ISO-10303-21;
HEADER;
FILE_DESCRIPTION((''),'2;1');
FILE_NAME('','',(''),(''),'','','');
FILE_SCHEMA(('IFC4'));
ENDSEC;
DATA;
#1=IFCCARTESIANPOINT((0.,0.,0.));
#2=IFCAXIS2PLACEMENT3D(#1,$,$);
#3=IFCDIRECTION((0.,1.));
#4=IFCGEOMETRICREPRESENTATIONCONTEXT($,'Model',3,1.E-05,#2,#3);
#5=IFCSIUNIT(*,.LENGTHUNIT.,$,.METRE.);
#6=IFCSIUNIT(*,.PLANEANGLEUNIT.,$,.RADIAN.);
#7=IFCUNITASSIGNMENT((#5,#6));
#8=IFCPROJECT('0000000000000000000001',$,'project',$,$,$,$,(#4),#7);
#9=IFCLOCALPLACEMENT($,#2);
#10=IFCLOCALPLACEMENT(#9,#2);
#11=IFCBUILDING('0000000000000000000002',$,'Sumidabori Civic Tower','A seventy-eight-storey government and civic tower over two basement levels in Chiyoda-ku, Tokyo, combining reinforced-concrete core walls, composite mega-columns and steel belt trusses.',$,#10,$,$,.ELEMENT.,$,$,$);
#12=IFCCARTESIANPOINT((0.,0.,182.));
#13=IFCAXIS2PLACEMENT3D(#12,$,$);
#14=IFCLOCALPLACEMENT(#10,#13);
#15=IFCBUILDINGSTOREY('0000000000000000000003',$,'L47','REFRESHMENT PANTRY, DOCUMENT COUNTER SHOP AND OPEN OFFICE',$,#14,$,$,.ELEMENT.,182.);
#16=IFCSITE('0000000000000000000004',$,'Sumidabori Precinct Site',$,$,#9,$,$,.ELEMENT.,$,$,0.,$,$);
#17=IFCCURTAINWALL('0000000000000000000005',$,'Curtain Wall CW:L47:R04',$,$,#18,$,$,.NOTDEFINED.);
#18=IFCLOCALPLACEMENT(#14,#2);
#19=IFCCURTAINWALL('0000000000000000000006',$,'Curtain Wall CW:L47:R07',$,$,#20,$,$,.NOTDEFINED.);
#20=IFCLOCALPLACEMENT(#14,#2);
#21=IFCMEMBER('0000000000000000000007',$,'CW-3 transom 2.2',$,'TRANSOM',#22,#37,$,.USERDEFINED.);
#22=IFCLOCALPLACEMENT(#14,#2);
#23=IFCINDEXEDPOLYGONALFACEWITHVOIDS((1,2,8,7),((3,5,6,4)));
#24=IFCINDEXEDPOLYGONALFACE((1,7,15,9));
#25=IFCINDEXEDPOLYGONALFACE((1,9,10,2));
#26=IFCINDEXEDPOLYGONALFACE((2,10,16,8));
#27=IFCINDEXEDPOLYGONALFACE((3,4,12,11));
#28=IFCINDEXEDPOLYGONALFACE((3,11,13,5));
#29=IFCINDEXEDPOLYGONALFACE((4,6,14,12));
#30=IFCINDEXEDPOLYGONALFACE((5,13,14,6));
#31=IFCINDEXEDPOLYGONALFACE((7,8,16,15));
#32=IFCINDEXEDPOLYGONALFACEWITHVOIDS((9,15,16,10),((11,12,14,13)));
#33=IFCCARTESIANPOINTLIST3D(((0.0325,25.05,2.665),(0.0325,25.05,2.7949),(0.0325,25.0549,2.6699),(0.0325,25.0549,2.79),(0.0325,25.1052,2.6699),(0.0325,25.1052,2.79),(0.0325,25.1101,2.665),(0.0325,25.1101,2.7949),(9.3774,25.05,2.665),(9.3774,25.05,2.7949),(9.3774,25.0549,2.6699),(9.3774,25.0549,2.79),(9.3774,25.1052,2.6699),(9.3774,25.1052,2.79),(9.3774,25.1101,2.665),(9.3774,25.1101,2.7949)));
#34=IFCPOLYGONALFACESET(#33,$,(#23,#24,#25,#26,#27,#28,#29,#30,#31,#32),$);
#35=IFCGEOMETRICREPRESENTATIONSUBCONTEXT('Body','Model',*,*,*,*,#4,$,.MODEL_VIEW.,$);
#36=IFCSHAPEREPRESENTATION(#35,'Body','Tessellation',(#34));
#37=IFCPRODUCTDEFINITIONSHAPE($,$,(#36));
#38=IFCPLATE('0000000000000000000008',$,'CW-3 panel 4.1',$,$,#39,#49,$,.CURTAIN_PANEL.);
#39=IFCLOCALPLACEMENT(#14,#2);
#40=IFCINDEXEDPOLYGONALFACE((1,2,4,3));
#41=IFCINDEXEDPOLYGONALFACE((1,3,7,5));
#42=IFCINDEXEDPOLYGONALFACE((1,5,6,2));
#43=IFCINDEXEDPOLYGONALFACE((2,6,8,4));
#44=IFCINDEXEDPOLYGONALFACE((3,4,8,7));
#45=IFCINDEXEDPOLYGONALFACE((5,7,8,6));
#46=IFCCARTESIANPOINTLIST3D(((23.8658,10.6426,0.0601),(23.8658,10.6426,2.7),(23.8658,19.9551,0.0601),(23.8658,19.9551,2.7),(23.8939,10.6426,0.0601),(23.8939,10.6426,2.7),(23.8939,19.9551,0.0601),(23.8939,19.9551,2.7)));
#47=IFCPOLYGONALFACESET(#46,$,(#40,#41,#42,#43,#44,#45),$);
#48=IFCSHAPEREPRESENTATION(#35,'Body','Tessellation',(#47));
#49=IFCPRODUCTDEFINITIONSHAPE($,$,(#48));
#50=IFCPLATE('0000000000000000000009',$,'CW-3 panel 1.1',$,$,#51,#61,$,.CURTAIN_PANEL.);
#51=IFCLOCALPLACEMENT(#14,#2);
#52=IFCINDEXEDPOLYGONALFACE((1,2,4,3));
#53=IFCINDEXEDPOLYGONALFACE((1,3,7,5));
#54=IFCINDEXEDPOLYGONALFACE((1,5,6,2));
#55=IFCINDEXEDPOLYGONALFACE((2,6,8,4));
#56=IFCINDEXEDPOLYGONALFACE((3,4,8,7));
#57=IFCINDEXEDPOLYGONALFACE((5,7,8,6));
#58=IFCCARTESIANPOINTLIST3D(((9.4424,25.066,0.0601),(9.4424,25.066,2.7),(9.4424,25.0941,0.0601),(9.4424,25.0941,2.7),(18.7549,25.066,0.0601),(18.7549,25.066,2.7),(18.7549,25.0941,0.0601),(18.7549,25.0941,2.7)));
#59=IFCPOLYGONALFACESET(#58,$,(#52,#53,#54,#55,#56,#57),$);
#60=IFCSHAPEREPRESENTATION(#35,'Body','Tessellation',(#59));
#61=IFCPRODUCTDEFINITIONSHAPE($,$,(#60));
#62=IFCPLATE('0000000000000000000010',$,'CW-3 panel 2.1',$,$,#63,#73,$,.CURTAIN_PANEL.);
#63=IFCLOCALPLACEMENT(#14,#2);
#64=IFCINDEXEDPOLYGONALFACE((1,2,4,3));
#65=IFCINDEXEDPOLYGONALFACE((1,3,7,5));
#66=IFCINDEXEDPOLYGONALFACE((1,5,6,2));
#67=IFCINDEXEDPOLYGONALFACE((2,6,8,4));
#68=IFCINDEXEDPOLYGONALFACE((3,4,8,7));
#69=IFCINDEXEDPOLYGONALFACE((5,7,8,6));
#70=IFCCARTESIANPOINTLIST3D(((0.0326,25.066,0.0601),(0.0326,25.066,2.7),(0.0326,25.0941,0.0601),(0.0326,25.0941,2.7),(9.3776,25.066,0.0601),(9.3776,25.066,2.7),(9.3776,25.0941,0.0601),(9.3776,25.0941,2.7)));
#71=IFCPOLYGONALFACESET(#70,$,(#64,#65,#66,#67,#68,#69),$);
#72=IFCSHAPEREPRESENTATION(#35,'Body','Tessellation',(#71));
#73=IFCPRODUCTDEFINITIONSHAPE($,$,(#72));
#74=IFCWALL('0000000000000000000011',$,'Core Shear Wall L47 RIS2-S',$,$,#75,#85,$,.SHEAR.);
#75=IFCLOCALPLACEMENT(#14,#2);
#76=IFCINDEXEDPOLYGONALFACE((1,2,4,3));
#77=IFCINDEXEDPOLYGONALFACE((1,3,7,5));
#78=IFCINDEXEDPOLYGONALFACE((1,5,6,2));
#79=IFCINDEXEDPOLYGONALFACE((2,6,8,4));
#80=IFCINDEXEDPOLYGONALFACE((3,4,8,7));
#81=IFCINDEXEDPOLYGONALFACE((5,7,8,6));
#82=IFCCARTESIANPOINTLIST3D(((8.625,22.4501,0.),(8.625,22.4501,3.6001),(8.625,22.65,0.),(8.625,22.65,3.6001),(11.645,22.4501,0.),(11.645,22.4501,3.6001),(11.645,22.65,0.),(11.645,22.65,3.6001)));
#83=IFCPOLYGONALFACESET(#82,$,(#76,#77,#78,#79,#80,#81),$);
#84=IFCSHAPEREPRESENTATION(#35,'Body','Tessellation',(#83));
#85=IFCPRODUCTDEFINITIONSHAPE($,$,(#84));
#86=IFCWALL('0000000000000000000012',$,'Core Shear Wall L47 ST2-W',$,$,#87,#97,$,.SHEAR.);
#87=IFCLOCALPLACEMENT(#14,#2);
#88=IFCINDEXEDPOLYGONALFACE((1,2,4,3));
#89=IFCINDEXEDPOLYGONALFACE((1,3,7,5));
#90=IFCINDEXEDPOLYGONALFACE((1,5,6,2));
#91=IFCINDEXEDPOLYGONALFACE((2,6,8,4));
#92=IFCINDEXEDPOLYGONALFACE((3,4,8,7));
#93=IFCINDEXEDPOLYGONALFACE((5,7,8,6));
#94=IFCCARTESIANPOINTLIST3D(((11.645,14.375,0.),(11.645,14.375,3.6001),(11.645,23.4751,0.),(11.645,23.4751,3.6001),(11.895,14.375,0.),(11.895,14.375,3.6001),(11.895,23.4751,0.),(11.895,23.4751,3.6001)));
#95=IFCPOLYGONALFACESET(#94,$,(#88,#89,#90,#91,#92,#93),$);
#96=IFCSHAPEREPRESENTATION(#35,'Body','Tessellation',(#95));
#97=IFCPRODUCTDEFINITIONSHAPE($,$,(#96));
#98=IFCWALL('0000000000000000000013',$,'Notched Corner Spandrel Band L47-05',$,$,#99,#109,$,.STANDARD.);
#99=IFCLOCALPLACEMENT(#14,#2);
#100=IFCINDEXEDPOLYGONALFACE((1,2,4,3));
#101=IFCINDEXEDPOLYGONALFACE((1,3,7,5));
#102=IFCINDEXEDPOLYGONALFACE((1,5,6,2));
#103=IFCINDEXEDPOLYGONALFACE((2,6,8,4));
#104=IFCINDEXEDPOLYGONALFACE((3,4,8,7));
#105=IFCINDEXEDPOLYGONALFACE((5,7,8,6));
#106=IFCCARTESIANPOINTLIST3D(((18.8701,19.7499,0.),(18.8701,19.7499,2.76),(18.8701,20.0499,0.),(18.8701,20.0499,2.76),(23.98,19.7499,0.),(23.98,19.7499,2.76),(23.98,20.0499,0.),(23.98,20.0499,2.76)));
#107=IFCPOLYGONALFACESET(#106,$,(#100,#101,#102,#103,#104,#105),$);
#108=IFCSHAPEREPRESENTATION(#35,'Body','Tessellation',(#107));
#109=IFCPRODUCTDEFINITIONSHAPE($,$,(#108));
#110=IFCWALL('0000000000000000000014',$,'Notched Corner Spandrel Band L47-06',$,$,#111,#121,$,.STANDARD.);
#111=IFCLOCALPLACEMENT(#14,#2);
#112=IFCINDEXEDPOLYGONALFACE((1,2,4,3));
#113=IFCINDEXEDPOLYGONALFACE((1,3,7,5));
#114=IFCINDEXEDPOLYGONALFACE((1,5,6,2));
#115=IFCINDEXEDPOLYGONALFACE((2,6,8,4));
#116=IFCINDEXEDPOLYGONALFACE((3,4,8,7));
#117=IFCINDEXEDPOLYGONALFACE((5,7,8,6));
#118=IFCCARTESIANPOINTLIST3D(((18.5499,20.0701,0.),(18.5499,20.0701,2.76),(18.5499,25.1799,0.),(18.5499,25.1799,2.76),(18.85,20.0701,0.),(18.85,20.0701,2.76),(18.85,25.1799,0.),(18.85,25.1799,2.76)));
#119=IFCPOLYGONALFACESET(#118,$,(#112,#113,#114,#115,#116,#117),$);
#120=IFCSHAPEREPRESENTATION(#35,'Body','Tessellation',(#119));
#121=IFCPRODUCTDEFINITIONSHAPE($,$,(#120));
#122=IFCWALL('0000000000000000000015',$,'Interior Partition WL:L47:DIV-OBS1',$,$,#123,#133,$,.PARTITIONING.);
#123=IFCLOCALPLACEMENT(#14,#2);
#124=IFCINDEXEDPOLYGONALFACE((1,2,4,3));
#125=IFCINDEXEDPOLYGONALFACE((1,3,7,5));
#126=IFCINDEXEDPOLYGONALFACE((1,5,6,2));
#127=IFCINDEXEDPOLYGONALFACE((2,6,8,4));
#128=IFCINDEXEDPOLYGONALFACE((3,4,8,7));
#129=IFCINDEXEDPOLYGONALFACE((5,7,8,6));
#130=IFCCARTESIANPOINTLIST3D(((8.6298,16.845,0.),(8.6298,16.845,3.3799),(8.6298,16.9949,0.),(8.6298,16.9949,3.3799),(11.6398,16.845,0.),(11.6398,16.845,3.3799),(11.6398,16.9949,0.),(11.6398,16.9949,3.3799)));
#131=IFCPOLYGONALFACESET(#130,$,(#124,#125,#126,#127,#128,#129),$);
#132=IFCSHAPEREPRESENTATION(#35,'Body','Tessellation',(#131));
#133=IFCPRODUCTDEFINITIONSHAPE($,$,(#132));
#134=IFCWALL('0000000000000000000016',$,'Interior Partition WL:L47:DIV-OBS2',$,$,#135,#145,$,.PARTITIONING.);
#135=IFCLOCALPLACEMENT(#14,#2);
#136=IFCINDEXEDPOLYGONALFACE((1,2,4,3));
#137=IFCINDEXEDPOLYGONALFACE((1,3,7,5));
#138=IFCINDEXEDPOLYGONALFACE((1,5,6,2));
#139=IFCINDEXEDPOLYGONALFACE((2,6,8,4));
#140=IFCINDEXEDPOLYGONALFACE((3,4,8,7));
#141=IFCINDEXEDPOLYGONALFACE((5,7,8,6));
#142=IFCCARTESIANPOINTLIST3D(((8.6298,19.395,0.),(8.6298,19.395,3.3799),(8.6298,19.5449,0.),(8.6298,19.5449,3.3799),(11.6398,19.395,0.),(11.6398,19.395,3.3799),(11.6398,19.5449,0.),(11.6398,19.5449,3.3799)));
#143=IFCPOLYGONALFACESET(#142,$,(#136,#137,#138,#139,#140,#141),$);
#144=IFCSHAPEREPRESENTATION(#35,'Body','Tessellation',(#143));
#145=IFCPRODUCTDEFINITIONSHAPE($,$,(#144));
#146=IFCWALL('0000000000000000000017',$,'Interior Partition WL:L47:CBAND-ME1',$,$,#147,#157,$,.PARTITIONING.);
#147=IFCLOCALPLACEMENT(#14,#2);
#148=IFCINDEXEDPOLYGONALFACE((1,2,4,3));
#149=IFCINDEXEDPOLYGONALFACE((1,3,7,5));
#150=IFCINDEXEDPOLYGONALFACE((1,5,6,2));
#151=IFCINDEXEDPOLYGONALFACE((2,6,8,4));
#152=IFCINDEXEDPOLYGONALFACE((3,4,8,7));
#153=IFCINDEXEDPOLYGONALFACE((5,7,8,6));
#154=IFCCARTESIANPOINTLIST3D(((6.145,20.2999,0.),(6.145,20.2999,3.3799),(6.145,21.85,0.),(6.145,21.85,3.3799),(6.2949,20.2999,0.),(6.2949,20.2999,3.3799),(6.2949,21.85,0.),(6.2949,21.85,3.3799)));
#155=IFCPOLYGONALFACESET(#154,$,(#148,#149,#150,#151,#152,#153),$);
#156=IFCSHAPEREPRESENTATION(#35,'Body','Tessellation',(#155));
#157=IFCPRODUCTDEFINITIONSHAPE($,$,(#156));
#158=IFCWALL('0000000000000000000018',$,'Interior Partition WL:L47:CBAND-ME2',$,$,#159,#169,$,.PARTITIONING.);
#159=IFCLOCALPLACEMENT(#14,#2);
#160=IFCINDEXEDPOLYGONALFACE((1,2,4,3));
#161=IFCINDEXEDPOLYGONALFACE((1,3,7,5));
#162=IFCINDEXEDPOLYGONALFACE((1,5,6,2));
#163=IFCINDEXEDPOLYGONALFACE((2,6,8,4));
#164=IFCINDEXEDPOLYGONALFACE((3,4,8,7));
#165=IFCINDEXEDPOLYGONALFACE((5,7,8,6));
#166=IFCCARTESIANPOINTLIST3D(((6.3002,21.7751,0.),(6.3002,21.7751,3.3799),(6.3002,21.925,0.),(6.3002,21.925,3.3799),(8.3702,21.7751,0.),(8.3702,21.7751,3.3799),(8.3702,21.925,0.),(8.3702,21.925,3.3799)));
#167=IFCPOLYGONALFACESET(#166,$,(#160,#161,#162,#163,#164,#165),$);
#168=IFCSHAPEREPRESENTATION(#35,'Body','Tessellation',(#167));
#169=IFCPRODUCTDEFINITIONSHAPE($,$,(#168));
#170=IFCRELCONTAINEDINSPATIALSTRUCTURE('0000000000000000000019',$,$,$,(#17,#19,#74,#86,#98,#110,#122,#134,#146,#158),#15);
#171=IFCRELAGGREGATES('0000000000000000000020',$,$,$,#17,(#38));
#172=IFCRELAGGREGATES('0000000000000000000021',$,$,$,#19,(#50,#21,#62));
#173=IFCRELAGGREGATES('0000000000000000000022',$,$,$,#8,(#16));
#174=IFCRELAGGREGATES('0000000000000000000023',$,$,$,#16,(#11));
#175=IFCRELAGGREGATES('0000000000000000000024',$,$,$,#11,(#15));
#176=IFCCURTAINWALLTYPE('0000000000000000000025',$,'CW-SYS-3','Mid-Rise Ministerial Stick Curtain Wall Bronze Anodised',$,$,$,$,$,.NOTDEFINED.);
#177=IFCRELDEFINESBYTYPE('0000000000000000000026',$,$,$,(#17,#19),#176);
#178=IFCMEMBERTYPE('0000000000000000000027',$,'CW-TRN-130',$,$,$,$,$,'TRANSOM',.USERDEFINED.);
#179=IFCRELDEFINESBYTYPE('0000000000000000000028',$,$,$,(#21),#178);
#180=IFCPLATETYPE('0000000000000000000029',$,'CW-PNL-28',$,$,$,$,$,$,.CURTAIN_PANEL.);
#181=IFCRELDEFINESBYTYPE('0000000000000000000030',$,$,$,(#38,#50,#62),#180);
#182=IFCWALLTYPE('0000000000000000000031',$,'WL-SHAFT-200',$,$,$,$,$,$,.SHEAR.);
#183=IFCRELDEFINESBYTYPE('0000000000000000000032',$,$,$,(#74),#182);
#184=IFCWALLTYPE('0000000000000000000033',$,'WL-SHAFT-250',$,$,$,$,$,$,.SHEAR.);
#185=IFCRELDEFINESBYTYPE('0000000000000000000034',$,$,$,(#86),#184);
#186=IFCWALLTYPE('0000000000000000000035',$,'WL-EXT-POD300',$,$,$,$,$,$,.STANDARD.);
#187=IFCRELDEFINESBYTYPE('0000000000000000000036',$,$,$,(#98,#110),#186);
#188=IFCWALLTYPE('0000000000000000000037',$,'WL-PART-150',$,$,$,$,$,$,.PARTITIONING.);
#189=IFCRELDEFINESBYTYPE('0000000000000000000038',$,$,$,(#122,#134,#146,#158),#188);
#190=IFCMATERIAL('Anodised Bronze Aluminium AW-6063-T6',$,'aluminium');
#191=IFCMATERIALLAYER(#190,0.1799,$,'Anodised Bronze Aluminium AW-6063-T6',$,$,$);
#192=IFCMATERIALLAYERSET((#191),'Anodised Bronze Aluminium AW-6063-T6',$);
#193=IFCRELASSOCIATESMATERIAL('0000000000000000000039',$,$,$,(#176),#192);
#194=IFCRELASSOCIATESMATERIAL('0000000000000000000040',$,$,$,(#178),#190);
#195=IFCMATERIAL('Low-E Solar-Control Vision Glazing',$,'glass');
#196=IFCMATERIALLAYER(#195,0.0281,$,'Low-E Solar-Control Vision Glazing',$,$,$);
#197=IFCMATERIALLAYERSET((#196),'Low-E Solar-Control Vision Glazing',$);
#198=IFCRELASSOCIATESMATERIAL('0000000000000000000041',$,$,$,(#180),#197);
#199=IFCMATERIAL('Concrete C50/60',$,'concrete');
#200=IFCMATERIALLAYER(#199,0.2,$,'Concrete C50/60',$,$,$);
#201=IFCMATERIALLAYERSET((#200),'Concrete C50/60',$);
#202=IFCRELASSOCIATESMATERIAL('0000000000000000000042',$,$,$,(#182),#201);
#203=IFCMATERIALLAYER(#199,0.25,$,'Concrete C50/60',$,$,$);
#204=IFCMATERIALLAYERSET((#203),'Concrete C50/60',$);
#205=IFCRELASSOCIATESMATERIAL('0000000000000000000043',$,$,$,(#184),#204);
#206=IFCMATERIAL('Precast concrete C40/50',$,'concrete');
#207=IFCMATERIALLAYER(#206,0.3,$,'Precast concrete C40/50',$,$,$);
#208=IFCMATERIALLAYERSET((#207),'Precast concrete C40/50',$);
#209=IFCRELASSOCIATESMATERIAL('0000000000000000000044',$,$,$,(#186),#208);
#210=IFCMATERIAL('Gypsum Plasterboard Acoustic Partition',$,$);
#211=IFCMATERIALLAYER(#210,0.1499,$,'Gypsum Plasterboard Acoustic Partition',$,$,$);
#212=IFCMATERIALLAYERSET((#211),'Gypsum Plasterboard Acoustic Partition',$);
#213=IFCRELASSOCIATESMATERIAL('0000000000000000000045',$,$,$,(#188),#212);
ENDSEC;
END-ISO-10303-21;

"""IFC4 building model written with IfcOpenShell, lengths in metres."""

from ifc_helpers import new_model, si_unit, direction, frame, frame_2d, origin, origin_2d, place, context, subcontext, project, spatial, rectangle, hollow_rectangle, extrude, source, transform, mapped, material, layer, layer_set, material_profile, profile_set, type_object, element, aggregate, save


model = new_model("IFC4")

# Units and contexts
model_context = context("Model", 3, precision=1e-05, world=origin(), true_north=direction((0.0, 1.0)))
body_context = subcontext(model_context, "Body", "Model", "MODEL_VIEW")
ifc_project = project(units=[si_unit("LENGTHUNIT", "METRE"), si_unit("PLANEANGLEUNIT", "RADIAN")], contexts=[model_context])

# Site, building, storey
site_placement = place(None, origin())
site = spatial("IfcSite", under=ifc_project, at=site_placement, Name="Sumidabori Precinct Site", CompositionType="ELEMENT", RefElevation=0.0)
building_placement = place(site_placement, origin())
building = spatial("IfcBuilding", under=site, at=building_placement, Name="Sumidabori Civic Tower", Description="A seventy-eight-storey government and civic tower over two basement levels in Chiyoda-ku, Tokyo, combining reinforced-concrete core walls, composite mega-columns and steel belt trusses.", CompositionType="ELEMENT")
storey_placement = place(building_placement, frame((0.0, 0.0, 182.0)))
storey = spatial("IfcBuildingStorey", under=building, at=storey_placement, Name="L47", Description="REFRESHMENT PANTRY, DOCUMENT COUNTER SHOP AND OPEN OFFICE", CompositionType="ELEMENT", Elevation=182.0)

# Curtain wall
ifc_material_1 = material(Name="Anodised Bronze Aluminium AW-6063-T6", Category="aluminium")
ifc_layer_1 = layer(ifc_material_1, 0.1799, Name="Anodised Bronze Aluminium AW-6063-T6")
ifc_layer_set_1 = layer_set([ifc_layer_1], Name="Anodised Bronze Aluminium AW-6063-T6")
curtain_wall_type = type_object("IfcCurtainWallType", Name="CW-SYS-3", Description="Mid-Rise Ministerial Stick Curtain Wall Bronze Anodised", PredefinedType="NOTDEFINED", material=ifc_layer_set_1)
curtain_wall_1_placement = place(storey_placement, origin())
curtain_wall_1 = element("IfcCurtainWall", 1, at=curtain_wall_1_placement, inside=storey, type_object=curtain_wall_type, Name="Curtain Wall CW:L47:R04", PredefinedType="NOTDEFINED")

# Curtain wall, member
curtain_wall_2_placement = place(storey_placement, origin())
curtain_wall_2 = element("IfcCurtainWall", 2, at=curtain_wall_2_placement, inside=storey, type_object=curtain_wall_type, Name="Curtain Wall CW:L47:R07", PredefinedType="NOTDEFINED")
ifc_material_profile_1 = material_profile(ifc_material_1, hollow_rectangle(XDim=0.0601, YDim=0.1299, WallThickness=0.0049, at=origin_2d()), Name="ALU TRANSOM 130x60")
ifc_profile_set_1 = profile_set([ifc_material_profile_1], Name="Anodised Bronze Aluminium AW-6063-T6")
member_type_1 = type_object("IfcMemberType", Name="CW-TRN-130", ElementType="TRANSOM", PredefinedType="USERDEFINED", material=ifc_profile_set_1)
shared_shape_1 = source(origin(), body_context, "Body", "SweptSolid", [
    extrude(hollow_rectangle(XDim=0.0601, YDim=0.1299, WallThickness=0.0049, at=origin_2d()), origin(), (0.0, 0.0, 1.0), 9.345),
])
member_1_placement = place(storey_placement, frame((9.3774, 25.0801, 2.73), z_axis=(-1.0, 0.0, 0.0), x_axis=(0.0, -1.0, 0.0)))
member_1 = element("IfcMember", 3, at=member_1_placement, type_object=member_type_1, Name="CW-3 transom 2.2", ObjectType="TRANSOM", PredefinedType="USERDEFINED", context=body_context, shape_type="MappedRepresentation", body=[
    mapped(shared_shape_1, transform((0.0, 0.0, 0.0), x_axis=(1.0, 0.0, 0.0), y_axis=(0.0, 1.0, 0.0), z_axis=(0.0, 0.0, 1.0), scale=1.0)),
])

# Plates
ifc_material_2 = material(Name="Low-E Solar-Control Vision Glazing", Category="glass")
ifc_layer_2 = layer(ifc_material_2, 0.0281, Name="Low-E Solar-Control Vision Glazing")
ifc_layer_set_2 = layer_set([ifc_layer_2], Name="Low-E Solar-Control Vision Glazing")
plate_type = type_object("IfcPlateType", Name="CW-PNL-28", PredefinedType="CURTAIN_PANEL", material=ifc_layer_set_2)
shared_shape_2 = source(origin(), body_context, "Body", "SweptSolid", [
    extrude(rectangle(XDim=9.3125, YDim=0.0281, at=origin_2d()), origin(), (0.0, 0.0, 1.0), 2.6399),
])
plate_1_placement = place(storey_placement, frame((23.8799, 15.2988, 0.0601), z_axis=(0.0, 0.0, 1.0), x_axis=(0.0, 1.0, 0.0)))
plate_1 = element("IfcPlate", 4, at=plate_1_placement, type_object=plate_type, Name="CW-3 panel 4.1", PredefinedType="CURTAIN_PANEL", context=body_context, shape_type="MappedRepresentation", body=[
    mapped(shared_shape_2, transform((0.0, 0.0, 0.0), x_axis=(1.0, 0.0, 0.0), y_axis=(0.0, 1.0, 0.0), z_axis=(0.0, 0.0, 1.0), scale=1.0)),
])
aggregate(curtain_wall_1, [plate_1])
plate_2_placement = place(storey_placement, frame((14.0986, 25.0801, 0.0601), z_axis=(0.0, 0.0, 1.0), x_axis=(-1.0, 0.0, 0.0)))
plate_2 = element("IfcPlate", 5, at=plate_2_placement, type_object=plate_type, Name="CW-3 panel 1.1", PredefinedType="CURTAIN_PANEL", context=body_context, shape_type="MappedRepresentation", body=[
    mapped(shared_shape_2, transform((0.0, 0.0, 0.0), x_axis=(1.0, 0.0, 0.0), y_axis=(0.0, 1.0, 0.0), z_axis=(0.0, 0.0, 1.0), scale=1.0)),
])
shared_shape_3 = source(origin(), body_context, "Body", "SweptSolid", [
    extrude(rectangle(XDim=9.345, YDim=0.0281, at=origin_2d()), origin(), (0.0, 0.0, 1.0), 2.6399),
])
plate_3_placement = place(storey_placement, frame((4.7051, 25.0801, 0.0601), z_axis=(0.0, 0.0, 1.0), x_axis=(-1.0, 0.0, 0.0)))
plate_3 = element("IfcPlate", 6, at=plate_3_placement, type_object=plate_type, Name="CW-3 panel 2.1", PredefinedType="CURTAIN_PANEL", context=body_context, shape_type="MappedRepresentation", body=[
    mapped(shared_shape_3, transform((0.0, 0.0, 0.0), x_axis=(1.0, 0.0, 0.0), y_axis=(0.0, 1.0, 0.0), z_axis=(0.0, 0.0, 1.0), scale=1.0)),
])
aggregate(curtain_wall_2, [plate_2, member_1, plate_3])

# Wall
ifc_material_3 = material(Name="Concrete C50/60", Category="concrete")
ifc_layer_3 = layer(ifc_material_3, 0.2, Name="Concrete C50/60")
ifc_layer_set_3 = layer_set([ifc_layer_3], Name="Concrete C50/60")
wall_type_1 = type_object("IfcWallType", Name="WL-SHAFT-200", PredefinedType="SHEAR", material=ifc_layer_set_3)
shared_shape_4 = source(origin(), body_context, "Body", "SweptSolid", [
    extrude(rectangle(XDim=3.02, YDim=0.2, at=frame_2d((1.51, 0.0))), origin(), (0.0, 0.0, 1.0), 3.6001),
])
wall_1_placement = place(storey_placement, frame((8.625, 22.55, 0.0), z_axis=(0.0, 0.0, 1.0), x_axis=(1.0, 0.0, 0.0)))
element("IfcWall", 7, at=wall_1_placement, inside=storey, type_object=wall_type_1, Name="Core Shear Wall L47 RIS2-S", PredefinedType="SHEAR", context=body_context, shape_type="MappedRepresentation", body=[
    mapped(shared_shape_4, transform((0.0, 0.0, 0.0), x_axis=(1.0, 0.0, 0.0), y_axis=(0.0, 1.0, 0.0), z_axis=(0.0, 0.0, 1.0), scale=1.0)),
])

# Shared definitions
ifc_layer_4 = layer(ifc_material_3, 0.25, Name="Concrete C50/60")
ifc_layer_set_4 = layer_set([ifc_layer_4], Name="Concrete C50/60")
wall_type_2 = type_object("IfcWallType", Name="WL-SHAFT-250", PredefinedType="SHEAR", material=ifc_layer_set_4)

# Walls
shared_shape_5 = source(origin(), body_context, "Body", "SweptSolid", [
    extrude(rectangle(XDim=9.1001, YDim=0.25, at=frame_2d((4.55, 0.0))), origin(), (0.0, 0.0, 1.0), 3.6001),
])
wall_2_placement = place(storey_placement, frame((11.77, 14.375, 0.0), z_axis=(0.0, 0.0, 1.0), x_axis=(0.0, 1.0, 0.0)))
element("IfcWall", 8, at=wall_2_placement, inside=storey, type_object=wall_type_2, Name="Core Shear Wall L47 ST2-W", PredefinedType="SHEAR", context=body_context, shape_type="MappedRepresentation", body=[
    mapped(shared_shape_5, transform((0.0, 0.0, 0.0), x_axis=(1.0, 0.0, 0.0), y_axis=(0.0, 1.0, 0.0), z_axis=(0.0, 0.0, 1.0), scale=1.0)),
])
ifc_material_4 = material(Name="Precast concrete C40/50", Category="concrete")
ifc_layer_5 = layer(ifc_material_4, 0.3, Name="Precast concrete C40/50")
ifc_layer_set_5 = layer_set([ifc_layer_5], Name="Precast concrete C40/50")
wall_type_3 = type_object("IfcWallType", Name="WL-EXT-POD300", PredefinedType="STANDARD", material=ifc_layer_set_5)
shared_shape_6 = source(origin(), body_context, "Body", "SweptSolid", [
    extrude(rectangle(XDim=5.1099, YDim=0.3, at=frame_2d((2.5549, 0.0))), origin(), (0.0, 0.0, 1.0), 2.76),
])
for number, where, z_axis, x_axis, name in (
    (9, (23.98, 19.8999, 0.0), (0.0, 0.0, 1.0), (-1.0, 0.0, 0.0), "Notched Corner Spandrel Band L47-05"),
    (10, (18.7, 20.0701, 0.0), (0.0, 0.0, 1.0), (0.0, 1.0, 0.0), "Notched Corner Spandrel Band L47-06"),
):
    element("IfcWall", number, at=place(storey_placement, frame(where, z_axis=z_axis, x_axis=x_axis)), inside=storey, type_object=wall_type_3, Name=name, PredefinedType="STANDARD", context=body_context, shape_type="MappedRepresentation", body=[
        mapped(shared_shape_6, transform((0.0, 0.0, 0.0), x_axis=(1.0, 0.0, 0.0), y_axis=(0.0, 1.0, 0.0), z_axis=(0.0, 0.0, 1.0), scale=1.0)),
    ])
ifc_material_5 = material(Name="Gypsum Plasterboard Acoustic Partition")
ifc_layer_6 = layer(ifc_material_5, 0.1499, Name="Gypsum Plasterboard Acoustic Partition")
ifc_layer_set_6 = layer_set([ifc_layer_6], Name="Gypsum Plasterboard Acoustic Partition")
wall_type_4 = type_object("IfcWallType", Name="WL-PART-150", PredefinedType="PARTITIONING", material=ifc_layer_set_6)
shared_shape_7 = source(origin(), body_context, "Body", "SweptSolid", [
    extrude(rectangle(XDim=3.01, YDim=0.1499, at=frame_2d((1.5049, 0.0))), origin(), (0.0, 0.0, 1.0), 3.3799),
])
for number, where, z_axis, x_axis, name in (
    (11, (8.6299, 16.9199, 0.0), (0.0, 0.0, 1.0), (1.0, 0.0, 0.0), "Interior Partition WL:L47:DIV-OBS1"),
    (12, (8.6299, 19.47, 0.0), (0.0, 0.0, 1.0), (1.0, 0.0, 0.0), "Interior Partition WL:L47:DIV-OBS2"),
):
    element("IfcWall", number, at=place(storey_placement, frame(where, z_axis=z_axis, x_axis=x_axis)), inside=storey, type_object=wall_type_4, Name=name, PredefinedType="PARTITIONING", context=body_context, shape_type="MappedRepresentation", body=[
        mapped(shared_shape_7, transform((0.0, 0.0, 0.0), x_axis=(1.0, 0.0, 0.0), y_axis=(0.0, 1.0, 0.0), z_axis=(0.0, 0.0, 1.0), scale=1.0)),
    ])
shared_shape_8 = source(origin(), body_context, "Body", "SweptSolid", [
    extrude(rectangle(XDim=1.55, YDim=0.1499, at=frame_2d((0.7749, 0.0))), origin(), (0.0, 0.0, 1.0), 3.3799),
])
wall_3_placement = place(storey_placement, frame((6.22, 20.3, 0.0), z_axis=(0.0, 0.0, 1.0), x_axis=(0.0, 1.0, 0.0)))
element("IfcWall", 13, at=wall_3_placement, inside=storey, type_object=wall_type_4, Name="Interior Partition WL:L47:CBAND-ME1", PredefinedType="PARTITIONING", context=body_context, shape_type="MappedRepresentation", body=[
    mapped(shared_shape_8, transform((0.0, 0.0, 0.0), x_axis=(1.0, 0.0, 0.0), y_axis=(0.0, 1.0, 0.0), z_axis=(0.0, 0.0, 1.0), scale=1.0)),
])
shared_shape_9 = source(origin(), body_context, "Body", "SweptSolid", [
    extrude(rectangle(XDim=2.0701, YDim=0.1499, at=frame_2d((1.0352, 0.0))), origin(), (0.0, 0.0, 1.0), 3.3799),
])
wall_4_placement = place(storey_placement, frame((6.3, 21.8501, 0.0), z_axis=(0.0, 0.0, 1.0), x_axis=(1.0, 0.0, 0.0)))
element("IfcWall", 14, at=wall_4_placement, inside=storey, type_object=wall_type_4, Name="Interior Partition WL:L47:CBAND-ME2", PredefinedType="PARTITIONING", context=body_context, shape_type="MappedRepresentation", body=[
    mapped(shared_shape_9, transform((0.0, 0.0, 0.0), x_axis=(1.0, 0.0, 0.0), y_axis=(0.0, 1.0, 0.0), z_axis=(0.0, 0.0, 1.0), scale=1.0)),
])

save(model, "model.ifc")
